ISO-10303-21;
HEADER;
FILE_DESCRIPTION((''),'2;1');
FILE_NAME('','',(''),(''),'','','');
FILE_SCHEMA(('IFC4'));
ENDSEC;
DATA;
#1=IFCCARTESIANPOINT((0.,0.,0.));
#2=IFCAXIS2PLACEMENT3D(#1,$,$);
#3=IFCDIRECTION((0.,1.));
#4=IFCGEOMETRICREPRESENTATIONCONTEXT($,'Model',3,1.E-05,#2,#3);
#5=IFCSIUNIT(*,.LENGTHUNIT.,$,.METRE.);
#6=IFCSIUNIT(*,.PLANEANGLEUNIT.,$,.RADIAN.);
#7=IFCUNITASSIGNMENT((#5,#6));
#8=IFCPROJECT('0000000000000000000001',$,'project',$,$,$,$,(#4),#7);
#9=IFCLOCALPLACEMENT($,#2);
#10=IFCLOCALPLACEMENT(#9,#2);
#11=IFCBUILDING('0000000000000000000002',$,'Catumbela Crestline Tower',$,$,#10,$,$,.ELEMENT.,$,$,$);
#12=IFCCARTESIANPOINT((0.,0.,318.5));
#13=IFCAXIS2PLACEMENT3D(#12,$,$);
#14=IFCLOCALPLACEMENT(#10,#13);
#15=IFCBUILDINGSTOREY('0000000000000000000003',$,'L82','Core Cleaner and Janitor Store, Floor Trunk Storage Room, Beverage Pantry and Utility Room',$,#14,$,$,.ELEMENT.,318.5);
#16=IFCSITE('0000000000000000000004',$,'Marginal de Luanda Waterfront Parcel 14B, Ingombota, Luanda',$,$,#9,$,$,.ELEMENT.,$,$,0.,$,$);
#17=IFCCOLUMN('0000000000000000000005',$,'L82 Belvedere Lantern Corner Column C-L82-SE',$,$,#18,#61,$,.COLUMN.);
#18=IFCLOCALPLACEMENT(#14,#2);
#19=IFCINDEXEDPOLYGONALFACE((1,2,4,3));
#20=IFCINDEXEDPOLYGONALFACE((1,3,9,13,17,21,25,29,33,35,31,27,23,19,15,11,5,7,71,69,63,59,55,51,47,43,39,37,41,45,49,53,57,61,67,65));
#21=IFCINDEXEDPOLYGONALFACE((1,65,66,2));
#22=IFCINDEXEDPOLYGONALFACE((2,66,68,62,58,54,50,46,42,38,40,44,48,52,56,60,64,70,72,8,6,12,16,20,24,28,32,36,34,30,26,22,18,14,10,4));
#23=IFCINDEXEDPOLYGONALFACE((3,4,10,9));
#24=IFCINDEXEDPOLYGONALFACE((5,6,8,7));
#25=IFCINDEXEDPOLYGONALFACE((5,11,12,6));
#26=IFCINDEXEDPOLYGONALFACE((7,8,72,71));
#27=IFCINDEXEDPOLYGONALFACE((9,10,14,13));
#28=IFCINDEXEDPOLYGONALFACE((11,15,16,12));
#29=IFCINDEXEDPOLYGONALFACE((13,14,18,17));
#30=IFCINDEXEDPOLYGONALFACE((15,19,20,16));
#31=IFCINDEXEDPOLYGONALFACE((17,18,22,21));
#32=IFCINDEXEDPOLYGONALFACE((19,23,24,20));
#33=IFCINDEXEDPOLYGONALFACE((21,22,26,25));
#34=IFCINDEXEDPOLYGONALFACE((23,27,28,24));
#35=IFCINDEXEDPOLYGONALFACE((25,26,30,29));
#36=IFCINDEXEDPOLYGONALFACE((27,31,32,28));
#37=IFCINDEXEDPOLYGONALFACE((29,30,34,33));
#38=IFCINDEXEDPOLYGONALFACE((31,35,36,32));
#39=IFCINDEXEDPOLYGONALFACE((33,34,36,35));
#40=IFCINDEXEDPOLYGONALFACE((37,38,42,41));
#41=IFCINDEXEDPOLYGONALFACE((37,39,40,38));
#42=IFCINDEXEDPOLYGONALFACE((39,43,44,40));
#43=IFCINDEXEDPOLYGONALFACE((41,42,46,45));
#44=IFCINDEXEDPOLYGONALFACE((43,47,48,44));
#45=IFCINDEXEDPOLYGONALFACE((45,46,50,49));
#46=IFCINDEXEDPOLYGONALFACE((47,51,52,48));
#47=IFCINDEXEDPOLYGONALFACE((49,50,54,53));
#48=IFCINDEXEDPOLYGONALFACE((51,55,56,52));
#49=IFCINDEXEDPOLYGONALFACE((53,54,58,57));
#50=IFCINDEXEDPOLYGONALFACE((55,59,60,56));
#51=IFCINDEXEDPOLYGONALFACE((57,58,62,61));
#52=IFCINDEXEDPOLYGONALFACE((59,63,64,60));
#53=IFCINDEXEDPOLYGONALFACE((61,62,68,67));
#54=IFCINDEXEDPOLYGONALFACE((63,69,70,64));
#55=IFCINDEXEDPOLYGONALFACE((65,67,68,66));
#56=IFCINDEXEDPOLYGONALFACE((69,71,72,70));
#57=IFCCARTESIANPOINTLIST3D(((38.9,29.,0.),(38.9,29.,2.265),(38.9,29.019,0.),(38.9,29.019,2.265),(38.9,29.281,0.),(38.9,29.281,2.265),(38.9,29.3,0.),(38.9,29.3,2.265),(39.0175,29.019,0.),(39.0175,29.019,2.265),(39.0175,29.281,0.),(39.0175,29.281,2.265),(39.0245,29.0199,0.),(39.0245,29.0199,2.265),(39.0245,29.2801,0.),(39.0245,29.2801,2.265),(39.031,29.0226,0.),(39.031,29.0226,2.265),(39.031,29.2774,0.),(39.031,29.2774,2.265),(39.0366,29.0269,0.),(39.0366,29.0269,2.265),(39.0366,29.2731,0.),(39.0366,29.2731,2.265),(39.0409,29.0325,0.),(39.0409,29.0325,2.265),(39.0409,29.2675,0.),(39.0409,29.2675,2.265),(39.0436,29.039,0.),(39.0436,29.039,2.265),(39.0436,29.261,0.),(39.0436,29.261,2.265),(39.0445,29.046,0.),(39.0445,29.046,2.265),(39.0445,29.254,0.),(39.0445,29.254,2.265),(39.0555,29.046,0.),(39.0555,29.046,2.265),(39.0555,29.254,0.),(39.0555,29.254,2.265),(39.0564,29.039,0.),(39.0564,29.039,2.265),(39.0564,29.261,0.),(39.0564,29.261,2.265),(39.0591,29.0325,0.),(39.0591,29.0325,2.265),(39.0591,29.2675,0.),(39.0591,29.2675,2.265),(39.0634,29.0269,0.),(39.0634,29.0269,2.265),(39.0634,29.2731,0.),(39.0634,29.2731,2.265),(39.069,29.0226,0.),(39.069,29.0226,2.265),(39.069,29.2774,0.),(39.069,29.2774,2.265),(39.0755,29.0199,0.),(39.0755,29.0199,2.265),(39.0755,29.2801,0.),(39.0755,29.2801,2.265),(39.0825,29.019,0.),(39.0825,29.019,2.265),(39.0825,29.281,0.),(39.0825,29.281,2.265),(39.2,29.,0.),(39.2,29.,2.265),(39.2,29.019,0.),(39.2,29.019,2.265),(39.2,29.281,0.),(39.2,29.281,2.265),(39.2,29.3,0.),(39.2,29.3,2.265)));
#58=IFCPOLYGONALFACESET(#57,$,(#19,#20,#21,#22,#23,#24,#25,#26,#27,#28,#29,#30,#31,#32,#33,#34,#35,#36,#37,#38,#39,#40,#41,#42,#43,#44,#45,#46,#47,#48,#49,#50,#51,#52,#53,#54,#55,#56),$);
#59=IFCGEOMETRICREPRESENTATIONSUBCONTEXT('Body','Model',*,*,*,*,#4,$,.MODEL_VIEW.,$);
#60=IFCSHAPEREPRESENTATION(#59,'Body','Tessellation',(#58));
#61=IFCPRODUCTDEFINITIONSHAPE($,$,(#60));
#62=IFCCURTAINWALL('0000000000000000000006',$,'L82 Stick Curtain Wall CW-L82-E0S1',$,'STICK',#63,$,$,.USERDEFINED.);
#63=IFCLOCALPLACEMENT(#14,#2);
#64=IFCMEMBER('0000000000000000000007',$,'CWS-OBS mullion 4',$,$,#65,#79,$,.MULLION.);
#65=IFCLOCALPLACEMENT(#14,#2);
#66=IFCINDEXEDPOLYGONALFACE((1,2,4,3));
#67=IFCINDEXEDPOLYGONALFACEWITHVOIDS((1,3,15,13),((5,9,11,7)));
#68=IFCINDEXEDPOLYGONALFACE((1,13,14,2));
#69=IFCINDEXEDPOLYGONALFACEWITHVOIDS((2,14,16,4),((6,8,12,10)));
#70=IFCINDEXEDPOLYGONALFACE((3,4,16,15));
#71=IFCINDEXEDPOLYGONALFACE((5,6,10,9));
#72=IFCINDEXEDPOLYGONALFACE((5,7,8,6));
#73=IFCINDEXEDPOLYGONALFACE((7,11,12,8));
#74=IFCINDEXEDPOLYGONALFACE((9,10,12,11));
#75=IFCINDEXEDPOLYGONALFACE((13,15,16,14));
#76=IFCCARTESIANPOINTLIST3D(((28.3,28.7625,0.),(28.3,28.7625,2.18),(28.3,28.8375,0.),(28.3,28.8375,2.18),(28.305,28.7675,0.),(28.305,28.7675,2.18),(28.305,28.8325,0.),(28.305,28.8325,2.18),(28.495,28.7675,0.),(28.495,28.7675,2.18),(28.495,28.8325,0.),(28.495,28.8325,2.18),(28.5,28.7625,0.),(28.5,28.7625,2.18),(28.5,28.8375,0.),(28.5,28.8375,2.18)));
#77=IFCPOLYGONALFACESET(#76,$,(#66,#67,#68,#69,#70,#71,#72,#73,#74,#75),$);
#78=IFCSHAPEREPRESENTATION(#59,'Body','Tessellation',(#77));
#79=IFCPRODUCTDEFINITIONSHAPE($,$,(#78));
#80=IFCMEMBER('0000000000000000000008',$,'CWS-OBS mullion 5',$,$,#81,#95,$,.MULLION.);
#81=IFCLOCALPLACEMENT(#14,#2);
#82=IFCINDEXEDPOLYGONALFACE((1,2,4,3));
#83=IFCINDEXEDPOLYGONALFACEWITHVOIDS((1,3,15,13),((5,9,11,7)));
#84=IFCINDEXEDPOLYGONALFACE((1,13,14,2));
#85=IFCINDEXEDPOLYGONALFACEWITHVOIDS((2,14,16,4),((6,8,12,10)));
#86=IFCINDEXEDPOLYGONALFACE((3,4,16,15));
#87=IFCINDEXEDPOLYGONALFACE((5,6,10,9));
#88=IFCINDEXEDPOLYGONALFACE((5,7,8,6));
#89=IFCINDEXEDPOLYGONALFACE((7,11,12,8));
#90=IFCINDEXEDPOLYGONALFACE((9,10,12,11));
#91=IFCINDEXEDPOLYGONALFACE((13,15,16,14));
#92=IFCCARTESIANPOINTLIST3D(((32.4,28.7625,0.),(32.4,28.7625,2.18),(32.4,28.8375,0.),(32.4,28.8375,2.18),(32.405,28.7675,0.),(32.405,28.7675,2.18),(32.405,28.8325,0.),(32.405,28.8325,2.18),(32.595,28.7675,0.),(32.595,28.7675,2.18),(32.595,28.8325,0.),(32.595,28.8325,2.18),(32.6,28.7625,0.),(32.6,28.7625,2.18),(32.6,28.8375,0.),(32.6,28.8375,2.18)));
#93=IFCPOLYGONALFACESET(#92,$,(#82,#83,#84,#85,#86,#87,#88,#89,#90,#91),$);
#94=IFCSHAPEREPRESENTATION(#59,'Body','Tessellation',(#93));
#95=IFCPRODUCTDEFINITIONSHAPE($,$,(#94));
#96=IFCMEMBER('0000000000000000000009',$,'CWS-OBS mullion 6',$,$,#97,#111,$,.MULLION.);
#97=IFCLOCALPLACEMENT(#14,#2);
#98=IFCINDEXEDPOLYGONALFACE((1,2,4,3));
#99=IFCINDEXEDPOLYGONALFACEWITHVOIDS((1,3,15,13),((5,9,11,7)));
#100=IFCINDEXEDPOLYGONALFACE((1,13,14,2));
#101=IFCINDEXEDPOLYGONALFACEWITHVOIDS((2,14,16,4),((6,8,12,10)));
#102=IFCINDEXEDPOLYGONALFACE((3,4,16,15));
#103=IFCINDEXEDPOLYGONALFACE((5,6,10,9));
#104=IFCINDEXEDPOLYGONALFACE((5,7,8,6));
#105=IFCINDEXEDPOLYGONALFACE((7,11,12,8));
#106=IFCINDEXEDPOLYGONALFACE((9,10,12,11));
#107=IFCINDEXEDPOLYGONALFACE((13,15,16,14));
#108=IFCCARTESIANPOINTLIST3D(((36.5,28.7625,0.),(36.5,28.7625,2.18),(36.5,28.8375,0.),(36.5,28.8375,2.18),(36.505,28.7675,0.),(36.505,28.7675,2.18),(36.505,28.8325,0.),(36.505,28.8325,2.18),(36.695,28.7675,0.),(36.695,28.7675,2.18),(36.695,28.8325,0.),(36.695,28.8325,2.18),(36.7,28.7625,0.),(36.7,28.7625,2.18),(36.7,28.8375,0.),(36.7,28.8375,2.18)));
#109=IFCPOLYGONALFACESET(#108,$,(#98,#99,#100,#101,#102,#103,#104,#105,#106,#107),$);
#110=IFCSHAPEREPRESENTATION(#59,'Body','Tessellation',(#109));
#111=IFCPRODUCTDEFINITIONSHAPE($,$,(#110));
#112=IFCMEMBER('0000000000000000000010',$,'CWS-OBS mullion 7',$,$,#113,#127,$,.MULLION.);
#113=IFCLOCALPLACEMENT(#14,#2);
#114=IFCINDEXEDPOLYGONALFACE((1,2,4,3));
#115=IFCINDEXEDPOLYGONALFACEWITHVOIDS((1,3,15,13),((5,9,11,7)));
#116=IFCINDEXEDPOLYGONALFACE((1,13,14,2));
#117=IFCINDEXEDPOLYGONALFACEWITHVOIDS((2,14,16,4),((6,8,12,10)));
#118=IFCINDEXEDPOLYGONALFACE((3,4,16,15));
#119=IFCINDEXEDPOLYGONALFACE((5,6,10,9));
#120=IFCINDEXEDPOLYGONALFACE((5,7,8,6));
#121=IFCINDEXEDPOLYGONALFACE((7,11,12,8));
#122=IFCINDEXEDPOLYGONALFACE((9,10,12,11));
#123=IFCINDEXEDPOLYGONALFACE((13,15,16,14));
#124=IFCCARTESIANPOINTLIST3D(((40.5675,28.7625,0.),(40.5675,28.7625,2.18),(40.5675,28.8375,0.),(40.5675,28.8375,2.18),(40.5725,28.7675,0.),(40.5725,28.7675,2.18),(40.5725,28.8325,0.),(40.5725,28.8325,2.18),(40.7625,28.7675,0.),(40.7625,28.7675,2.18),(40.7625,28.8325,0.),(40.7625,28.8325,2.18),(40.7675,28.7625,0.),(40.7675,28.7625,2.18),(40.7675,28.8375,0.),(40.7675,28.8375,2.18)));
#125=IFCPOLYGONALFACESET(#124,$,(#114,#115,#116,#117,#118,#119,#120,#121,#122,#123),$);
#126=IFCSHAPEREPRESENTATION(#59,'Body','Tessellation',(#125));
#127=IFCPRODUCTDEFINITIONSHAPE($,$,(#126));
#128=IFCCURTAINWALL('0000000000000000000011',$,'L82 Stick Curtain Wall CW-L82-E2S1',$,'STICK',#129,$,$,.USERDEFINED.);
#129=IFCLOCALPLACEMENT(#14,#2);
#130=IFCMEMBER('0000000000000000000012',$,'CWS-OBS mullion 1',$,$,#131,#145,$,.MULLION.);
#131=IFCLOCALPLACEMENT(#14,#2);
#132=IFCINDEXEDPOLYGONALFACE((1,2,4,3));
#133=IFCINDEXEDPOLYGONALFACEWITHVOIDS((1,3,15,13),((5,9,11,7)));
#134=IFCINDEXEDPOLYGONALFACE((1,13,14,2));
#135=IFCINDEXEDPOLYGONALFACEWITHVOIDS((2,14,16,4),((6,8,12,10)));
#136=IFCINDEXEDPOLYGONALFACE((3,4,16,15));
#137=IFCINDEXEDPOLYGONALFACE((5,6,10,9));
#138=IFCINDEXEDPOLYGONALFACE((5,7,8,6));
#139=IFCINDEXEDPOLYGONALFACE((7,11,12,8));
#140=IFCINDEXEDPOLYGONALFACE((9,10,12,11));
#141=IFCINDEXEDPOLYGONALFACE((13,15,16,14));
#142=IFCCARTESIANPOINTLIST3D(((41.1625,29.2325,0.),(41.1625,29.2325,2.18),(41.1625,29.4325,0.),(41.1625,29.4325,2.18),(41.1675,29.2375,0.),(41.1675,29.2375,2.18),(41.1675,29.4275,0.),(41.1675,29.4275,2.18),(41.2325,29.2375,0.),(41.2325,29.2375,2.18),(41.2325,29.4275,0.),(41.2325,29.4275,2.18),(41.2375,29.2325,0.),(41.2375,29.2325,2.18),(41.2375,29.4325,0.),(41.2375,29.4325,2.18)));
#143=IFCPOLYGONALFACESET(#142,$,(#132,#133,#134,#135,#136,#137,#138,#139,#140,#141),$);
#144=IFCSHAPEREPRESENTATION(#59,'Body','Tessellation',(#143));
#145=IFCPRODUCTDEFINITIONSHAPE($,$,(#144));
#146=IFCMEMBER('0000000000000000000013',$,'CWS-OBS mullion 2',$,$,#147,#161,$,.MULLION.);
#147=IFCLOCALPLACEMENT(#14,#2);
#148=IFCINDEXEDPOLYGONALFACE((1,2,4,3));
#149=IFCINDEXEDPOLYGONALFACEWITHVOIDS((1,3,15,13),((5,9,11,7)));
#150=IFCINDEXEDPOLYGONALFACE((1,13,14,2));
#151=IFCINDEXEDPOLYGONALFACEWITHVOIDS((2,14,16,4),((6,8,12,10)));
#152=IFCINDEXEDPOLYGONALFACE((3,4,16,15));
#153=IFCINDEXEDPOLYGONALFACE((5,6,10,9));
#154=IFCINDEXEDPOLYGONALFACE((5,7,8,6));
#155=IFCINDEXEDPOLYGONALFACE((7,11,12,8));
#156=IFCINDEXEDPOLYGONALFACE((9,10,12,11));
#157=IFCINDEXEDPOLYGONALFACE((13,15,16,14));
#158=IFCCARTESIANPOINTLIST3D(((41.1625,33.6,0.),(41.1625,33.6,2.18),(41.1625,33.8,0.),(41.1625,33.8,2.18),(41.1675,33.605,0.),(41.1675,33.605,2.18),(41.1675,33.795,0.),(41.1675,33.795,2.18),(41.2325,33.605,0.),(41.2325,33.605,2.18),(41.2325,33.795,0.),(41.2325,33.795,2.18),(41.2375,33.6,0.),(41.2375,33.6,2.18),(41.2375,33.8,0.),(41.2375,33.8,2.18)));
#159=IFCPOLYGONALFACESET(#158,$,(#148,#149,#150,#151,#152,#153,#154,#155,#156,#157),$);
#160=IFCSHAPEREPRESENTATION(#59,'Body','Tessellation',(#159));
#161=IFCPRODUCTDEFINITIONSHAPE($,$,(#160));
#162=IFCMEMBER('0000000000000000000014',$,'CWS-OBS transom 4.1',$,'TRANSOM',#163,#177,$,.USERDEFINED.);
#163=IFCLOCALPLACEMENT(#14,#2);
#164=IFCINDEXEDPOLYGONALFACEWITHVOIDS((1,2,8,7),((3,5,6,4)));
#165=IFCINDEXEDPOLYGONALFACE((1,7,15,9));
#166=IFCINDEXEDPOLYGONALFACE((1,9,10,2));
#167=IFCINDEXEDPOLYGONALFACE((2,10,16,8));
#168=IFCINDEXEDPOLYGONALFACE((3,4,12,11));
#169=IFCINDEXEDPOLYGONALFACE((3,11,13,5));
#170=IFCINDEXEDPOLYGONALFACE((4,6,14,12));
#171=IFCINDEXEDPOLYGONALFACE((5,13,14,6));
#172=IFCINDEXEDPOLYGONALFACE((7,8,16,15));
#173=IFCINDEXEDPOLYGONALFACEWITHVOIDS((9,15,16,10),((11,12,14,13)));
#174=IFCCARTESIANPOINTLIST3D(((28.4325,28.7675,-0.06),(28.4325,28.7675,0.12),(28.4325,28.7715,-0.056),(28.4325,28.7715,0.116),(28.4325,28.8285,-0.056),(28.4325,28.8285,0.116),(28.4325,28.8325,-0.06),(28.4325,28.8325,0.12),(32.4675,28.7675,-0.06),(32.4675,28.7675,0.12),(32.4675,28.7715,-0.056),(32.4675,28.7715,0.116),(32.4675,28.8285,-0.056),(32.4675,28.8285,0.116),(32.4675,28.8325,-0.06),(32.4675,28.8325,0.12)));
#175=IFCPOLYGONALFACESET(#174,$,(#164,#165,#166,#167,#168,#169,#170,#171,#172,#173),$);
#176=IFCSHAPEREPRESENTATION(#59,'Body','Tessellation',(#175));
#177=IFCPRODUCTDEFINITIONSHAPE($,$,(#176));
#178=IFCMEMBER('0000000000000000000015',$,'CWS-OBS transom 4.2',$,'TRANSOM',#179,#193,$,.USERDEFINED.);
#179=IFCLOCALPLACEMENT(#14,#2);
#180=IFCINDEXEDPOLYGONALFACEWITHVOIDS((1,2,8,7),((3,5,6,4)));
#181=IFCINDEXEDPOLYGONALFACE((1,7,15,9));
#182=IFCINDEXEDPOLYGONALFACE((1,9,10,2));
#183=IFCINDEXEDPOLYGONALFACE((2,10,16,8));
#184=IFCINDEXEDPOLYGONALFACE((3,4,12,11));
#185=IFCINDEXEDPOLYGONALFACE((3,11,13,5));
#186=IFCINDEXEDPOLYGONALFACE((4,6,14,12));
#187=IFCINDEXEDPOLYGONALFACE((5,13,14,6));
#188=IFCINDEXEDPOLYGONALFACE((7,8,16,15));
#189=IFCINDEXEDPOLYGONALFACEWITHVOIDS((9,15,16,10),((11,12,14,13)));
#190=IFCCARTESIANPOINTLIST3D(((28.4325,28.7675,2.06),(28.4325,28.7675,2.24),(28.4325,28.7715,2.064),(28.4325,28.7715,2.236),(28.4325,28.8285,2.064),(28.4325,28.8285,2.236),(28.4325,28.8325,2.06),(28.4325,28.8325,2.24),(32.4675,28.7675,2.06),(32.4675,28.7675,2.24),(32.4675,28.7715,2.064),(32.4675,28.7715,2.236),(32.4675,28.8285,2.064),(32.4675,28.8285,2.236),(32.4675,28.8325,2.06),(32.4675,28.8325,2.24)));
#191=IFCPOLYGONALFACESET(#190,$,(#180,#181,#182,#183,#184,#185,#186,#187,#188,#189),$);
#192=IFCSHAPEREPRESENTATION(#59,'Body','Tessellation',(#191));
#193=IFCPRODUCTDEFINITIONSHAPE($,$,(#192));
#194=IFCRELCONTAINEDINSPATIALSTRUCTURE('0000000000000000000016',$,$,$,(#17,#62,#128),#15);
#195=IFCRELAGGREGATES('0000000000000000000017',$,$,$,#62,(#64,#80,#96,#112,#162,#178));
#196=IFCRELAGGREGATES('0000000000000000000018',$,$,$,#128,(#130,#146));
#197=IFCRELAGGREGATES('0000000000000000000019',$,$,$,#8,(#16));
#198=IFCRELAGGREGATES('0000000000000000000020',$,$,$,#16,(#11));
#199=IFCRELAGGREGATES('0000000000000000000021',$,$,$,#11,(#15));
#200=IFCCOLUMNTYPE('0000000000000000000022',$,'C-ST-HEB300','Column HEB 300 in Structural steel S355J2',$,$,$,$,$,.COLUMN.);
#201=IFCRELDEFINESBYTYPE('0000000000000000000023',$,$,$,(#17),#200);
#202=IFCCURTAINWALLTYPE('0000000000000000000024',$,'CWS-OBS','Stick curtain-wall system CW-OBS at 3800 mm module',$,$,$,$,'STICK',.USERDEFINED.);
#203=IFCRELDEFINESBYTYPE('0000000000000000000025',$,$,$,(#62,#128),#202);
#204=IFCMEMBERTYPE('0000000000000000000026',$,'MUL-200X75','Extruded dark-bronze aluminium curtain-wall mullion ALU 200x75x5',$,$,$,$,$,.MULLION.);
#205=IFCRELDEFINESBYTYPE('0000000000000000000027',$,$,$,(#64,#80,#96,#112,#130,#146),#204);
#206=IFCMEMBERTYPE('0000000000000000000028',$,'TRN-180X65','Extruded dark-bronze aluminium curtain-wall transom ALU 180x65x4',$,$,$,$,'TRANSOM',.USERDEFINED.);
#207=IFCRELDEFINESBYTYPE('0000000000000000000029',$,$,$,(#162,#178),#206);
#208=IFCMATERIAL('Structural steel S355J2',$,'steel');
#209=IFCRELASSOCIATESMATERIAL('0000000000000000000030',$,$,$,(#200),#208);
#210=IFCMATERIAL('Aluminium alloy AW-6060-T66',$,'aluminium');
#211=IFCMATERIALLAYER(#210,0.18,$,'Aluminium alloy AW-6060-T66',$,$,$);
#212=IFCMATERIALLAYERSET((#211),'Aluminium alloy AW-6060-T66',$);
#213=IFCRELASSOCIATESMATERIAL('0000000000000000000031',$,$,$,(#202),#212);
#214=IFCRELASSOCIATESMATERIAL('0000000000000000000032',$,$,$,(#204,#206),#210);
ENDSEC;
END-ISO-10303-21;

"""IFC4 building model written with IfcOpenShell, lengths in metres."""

from ifc_helpers import new_model, si_unit, direction, frame, origin, origin_2d, place, context, subcontext, project, spatial, hollow_rectangle, i_section, extrude, material, layer, layer_set, material_profile, profile_set, type_object, element, aggregate, save


model = new_model("IFC4")

# Units and contexts
model_context = context("Model", 3, precision=1e-05, world=origin(), true_north=direction((0.0, 1.0)))
body_context = subcontext(model_context, "Body", "Model", "MODEL_VIEW")
ifc_project = project(units=[si_unit("LENGTHUNIT", "METRE"), si_unit("PLANEANGLEUNIT", "RADIAN")], contexts=[model_context])

# Site, building, storey
site_placement = place(None, origin())
site = spatial("IfcSite", under=ifc_project, at=site_placement, Name="Marginal de Luanda Waterfront Parcel 14B, Ingombota, Luanda", CompositionType="ELEMENT", RefElevation=0.0)
building_placement = place(site_placement, origin())
building = spatial("IfcBuilding", under=site, at=building_placement, Name="Catumbela Crestline Tower", CompositionType="ELEMENT")
storey_placement = place(building_placement, frame((0.0, 0.0, 318.5)))
storey = spatial("IfcBuildingStorey", under=building, at=storey_placement, Name="L82", Description="Core Cleaner and Janitor Store, Floor Trunk Storage Room, Beverage Pantry and Utility Room", CompositionType="ELEMENT", Elevation=318.5)

# Column
ifc_material_1 = material(Name="Structural steel S355J2", Category="steel")
ifc_material_profile_1 = material_profile(ifc_material_1, i_section(OverallWidth=0.3, OverallDepth=0.3, WebThickness=0.011, FlangeThickness=0.019, FilletRadius=0.027, at=origin_2d()), Name="HEB 300")
ifc_profile_set_1 = profile_set([ifc_material_profile_1], Name="Structural steel S355J2")
column_type = type_object("IfcColumnType", Name="C-ST-HEB300", Description="Column HEB 300 in Structural steel S355J2", PredefinedType="COLUMN", material=ifc_profile_set_1)
column_placement = place(storey_placement, frame((39.05, 29.15, 0.0), z_axis=(0.0, 0.0, 1.0), x_axis=(1.0, 0.0, 0.0)))
element("IfcColumn", 1, at=column_placement, inside=storey, type_object=column_type, Name="L82 Belvedere Lantern Corner Column C-L82-SE", PredefinedType="COLUMN", context=body_context, shape_type="SweptSolid", body=[
    extrude(i_section(OverallWidth=0.3, OverallDepth=0.3, WebThickness=0.011, FlangeThickness=0.019, FilletRadius=0.027, at=origin_2d()), origin(), (0.0, 0.0, 1.0), 2.265),
])

# Curtain walls, members
ifc_material_2 = material(Name="Aluminium alloy AW-6060-T66", Category="aluminium")
ifc_layer_1 = layer(ifc_material_2, 0.18, Name="Aluminium alloy AW-6060-T66")
ifc_layer_set_1 = layer_set([ifc_layer_1], Name="Aluminium alloy AW-6060-T66")
curtain_wall_type = type_object("IfcCurtainWallType", Name="CWS-OBS", Description="Stick curtain-wall system CW-OBS at 3800 mm module", ElementType="STICK", PredefinedType="USERDEFINED", material=ifc_layer_set_1)
curtain_wall_1_placement = place(storey_placement, origin())
curtain_wall_1 = element("IfcCurtainWall", 2, at=curtain_wall_1_placement, inside=storey, type_object=curtain_wall_type, Name="L82 Stick Curtain Wall CW-L82-E0S1", ObjectType="STICK", PredefinedType="USERDEFINED")
ifc_material_profile_2 = material_profile(ifc_material_2, hollow_rectangle(XDim=0.075, YDim=0.2, WallThickness=0.005, at=origin_2d()), Name="ALU 200x75x5")
ifc_profile_set_2 = profile_set([ifc_material_profile_2], Name="Aluminium alloy AW-6060-T66")
member_type_1 = type_object("IfcMemberType", Name="MUL-200X75", Description="Extruded dark-bronze aluminium curtain-wall mullion ALU 200x75x5", PredefinedType="MULLION", material=ifc_profile_set_2)
member_1_placement = place(storey_placement, frame((28.4, 28.8, 0.0), z_axis=(0.0, 0.0, 1.0), x_axis=(0.0, 1.0, 0.0)))
member_1 = element("IfcMember", 3, at=member_1_placement, type_object=member_type_1, Name="CWS-OBS mullion 4", PredefinedType="MULLION", context=body_context, shape_type="SweptSolid", body=[
    extrude(hollow_rectangle(XDim=0.075, YDim=0.2, WallThickness=0.005, at=origin_2d()), origin(), (0.0, 0.0, 1.0), 2.18),
])
member_2_placement = place(storey_placement, frame((32.5, 28.8, 0.0), z_axis=(0.0, 0.0, 1.0), x_axis=(0.0, 1.0, 0.0)))
member_2 = element("IfcMember", 4, at=member_2_placement, type_object=member_type_1, Name="CWS-OBS mullion 5", PredefinedType="MULLION", context=body_context, shape_type="SweptSolid", body=[
    extrude(hollow_rectangle(XDim=0.075, YDim=0.2, WallThickness=0.005, at=origin_2d()), origin(), (0.0, 0.0, 1.0), 2.18),
])
member_3_placement = place(storey_placement, frame((36.6, 28.8, 0.0), z_axis=(0.0, 0.0, 1.0), x_axis=(0.0, 1.0, 0.0)))
member_3 = element("IfcMember", 5, at=member_3_placement, type_object=member_type_1, Name="CWS-OBS mullion 6", PredefinedType="MULLION", context=body_context, shape_type="SweptSolid", body=[
    extrude(hollow_rectangle(XDim=0.075, YDim=0.2, WallThickness=0.005, at=origin_2d()), origin(), (0.0, 0.0, 1.0), 2.18),
])
member_4_placement = place(storey_placement, frame((40.6675, 28.8, 0.0), z_axis=(0.0, 0.0, 1.0), x_axis=(0.0, 1.0, 0.0)))
member_4 = element("IfcMember", 6, at=member_4_placement, type_object=member_type_1, Name="CWS-OBS mullion 7", PredefinedType="MULLION", context=body_context, shape_type="SweptSolid", body=[
    extrude(hollow_rectangle(XDim=0.075, YDim=0.2, WallThickness=0.005, at=origin_2d()), origin(), (0.0, 0.0, 1.0), 2.18),
])
curtain_wall_2_placement = place(storey_placement, origin())
curtain_wall_2 = element("IfcCurtainWall", 7, at=curtain_wall_2_placement, inside=storey, type_object=curtain_wall_type, Name="L82 Stick Curtain Wall CW-L82-E2S1", ObjectType="STICK", PredefinedType="USERDEFINED")
member_5_placement = place(storey_placement, frame((41.2, 29.3325, 0.0), z_axis=(0.0, 0.0, 1.0), x_axis=(-1.0, 0.0, 0.0)))
member_5 = element("IfcMember", 8, at=member_5_placement, type_object=member_type_1, Name="CWS-OBS mullion 1", PredefinedType="MULLION", context=body_context, shape_type="SweptSolid", body=[
    extrude(hollow_rectangle(XDim=0.075, YDim=0.2, WallThickness=0.005, at=origin_2d()), origin(), (0.0, 0.0, 1.0), 2.18),
])
member_6_placement = place(storey_placement, frame((41.2, 33.7, 0.0), z_axis=(0.0, 0.0, 1.0), x_axis=(-1.0, 0.0, 0.0)))
member_6 = element("IfcMember", 9, at=member_6_placement, type_object=member_type_1, Name="CWS-OBS mullion 2", PredefinedType="MULLION", context=body_context, shape_type="SweptSolid", body=[
    extrude(hollow_rectangle(XDim=0.075, YDim=0.2, WallThickness=0.005, at=origin_2d()), origin(), (0.0, 0.0, 1.0), 2.18),
])

# Members
ifc_material_profile_3 = material_profile(ifc_material_2, hollow_rectangle(XDim=0.065, YDim=0.18, WallThickness=0.004, at=origin_2d()), Name="ALU 180x65x4")
ifc_profile_set_3 = profile_set([ifc_material_profile_3], Name="Aluminium alloy AW-6060-T66")
member_type_2 = type_object("IfcMemberType", Name="TRN-180X65", Description="Extruded dark-bronze aluminium curtain-wall transom ALU 180x65x4", ElementType="TRANSOM", PredefinedType="USERDEFINED", material=ifc_profile_set_3)
member_7_placement = place(storey_placement, frame((28.4325, 28.8, 0.03), z_axis=(1.0, 0.0, 0.0), x_axis=(0.0, 1.0, 0.0)))
member_7 = element("IfcMember", 10, at=member_7_placement, type_object=member_type_2, Name="CWS-OBS transom 4.1", ObjectType="TRANSOM", PredefinedType="USERDEFINED", context=body_context, shape_type="SweptSolid", body=[
    extrude(hollow_rectangle(XDim=0.065, YDim=0.18, WallThickness=0.004, at=origin_2d()), origin(), (0.0, 0.0, 1.0), 4.035),
])
member_8_placement = place(storey_placement, frame((28.4325, 28.8, 2.15), z_axis=(1.0, 0.0, 0.0), x_axis=(0.0, 1.0, 0.0)))
member_8 = element("IfcMember", 11, at=member_8_placement, type_object=member_type_2, Name="CWS-OBS transom 4.2", ObjectType="TRANSOM", PredefinedType="USERDEFINED", context=body_context, shape_type="SweptSolid", body=[
    extrude(hollow_rectangle(XDim=0.065, YDim=0.18, WallThickness=0.004, at=origin_2d()), origin(), (0.0, 0.0, 1.0), 4.035),
])

aggregate(curtain_wall_1, [member_1, member_2, member_3, member_4, member_7, member_8])
aggregate(curtain_wall_2, [member_5, member_6])

save(model, "model.ifc")
